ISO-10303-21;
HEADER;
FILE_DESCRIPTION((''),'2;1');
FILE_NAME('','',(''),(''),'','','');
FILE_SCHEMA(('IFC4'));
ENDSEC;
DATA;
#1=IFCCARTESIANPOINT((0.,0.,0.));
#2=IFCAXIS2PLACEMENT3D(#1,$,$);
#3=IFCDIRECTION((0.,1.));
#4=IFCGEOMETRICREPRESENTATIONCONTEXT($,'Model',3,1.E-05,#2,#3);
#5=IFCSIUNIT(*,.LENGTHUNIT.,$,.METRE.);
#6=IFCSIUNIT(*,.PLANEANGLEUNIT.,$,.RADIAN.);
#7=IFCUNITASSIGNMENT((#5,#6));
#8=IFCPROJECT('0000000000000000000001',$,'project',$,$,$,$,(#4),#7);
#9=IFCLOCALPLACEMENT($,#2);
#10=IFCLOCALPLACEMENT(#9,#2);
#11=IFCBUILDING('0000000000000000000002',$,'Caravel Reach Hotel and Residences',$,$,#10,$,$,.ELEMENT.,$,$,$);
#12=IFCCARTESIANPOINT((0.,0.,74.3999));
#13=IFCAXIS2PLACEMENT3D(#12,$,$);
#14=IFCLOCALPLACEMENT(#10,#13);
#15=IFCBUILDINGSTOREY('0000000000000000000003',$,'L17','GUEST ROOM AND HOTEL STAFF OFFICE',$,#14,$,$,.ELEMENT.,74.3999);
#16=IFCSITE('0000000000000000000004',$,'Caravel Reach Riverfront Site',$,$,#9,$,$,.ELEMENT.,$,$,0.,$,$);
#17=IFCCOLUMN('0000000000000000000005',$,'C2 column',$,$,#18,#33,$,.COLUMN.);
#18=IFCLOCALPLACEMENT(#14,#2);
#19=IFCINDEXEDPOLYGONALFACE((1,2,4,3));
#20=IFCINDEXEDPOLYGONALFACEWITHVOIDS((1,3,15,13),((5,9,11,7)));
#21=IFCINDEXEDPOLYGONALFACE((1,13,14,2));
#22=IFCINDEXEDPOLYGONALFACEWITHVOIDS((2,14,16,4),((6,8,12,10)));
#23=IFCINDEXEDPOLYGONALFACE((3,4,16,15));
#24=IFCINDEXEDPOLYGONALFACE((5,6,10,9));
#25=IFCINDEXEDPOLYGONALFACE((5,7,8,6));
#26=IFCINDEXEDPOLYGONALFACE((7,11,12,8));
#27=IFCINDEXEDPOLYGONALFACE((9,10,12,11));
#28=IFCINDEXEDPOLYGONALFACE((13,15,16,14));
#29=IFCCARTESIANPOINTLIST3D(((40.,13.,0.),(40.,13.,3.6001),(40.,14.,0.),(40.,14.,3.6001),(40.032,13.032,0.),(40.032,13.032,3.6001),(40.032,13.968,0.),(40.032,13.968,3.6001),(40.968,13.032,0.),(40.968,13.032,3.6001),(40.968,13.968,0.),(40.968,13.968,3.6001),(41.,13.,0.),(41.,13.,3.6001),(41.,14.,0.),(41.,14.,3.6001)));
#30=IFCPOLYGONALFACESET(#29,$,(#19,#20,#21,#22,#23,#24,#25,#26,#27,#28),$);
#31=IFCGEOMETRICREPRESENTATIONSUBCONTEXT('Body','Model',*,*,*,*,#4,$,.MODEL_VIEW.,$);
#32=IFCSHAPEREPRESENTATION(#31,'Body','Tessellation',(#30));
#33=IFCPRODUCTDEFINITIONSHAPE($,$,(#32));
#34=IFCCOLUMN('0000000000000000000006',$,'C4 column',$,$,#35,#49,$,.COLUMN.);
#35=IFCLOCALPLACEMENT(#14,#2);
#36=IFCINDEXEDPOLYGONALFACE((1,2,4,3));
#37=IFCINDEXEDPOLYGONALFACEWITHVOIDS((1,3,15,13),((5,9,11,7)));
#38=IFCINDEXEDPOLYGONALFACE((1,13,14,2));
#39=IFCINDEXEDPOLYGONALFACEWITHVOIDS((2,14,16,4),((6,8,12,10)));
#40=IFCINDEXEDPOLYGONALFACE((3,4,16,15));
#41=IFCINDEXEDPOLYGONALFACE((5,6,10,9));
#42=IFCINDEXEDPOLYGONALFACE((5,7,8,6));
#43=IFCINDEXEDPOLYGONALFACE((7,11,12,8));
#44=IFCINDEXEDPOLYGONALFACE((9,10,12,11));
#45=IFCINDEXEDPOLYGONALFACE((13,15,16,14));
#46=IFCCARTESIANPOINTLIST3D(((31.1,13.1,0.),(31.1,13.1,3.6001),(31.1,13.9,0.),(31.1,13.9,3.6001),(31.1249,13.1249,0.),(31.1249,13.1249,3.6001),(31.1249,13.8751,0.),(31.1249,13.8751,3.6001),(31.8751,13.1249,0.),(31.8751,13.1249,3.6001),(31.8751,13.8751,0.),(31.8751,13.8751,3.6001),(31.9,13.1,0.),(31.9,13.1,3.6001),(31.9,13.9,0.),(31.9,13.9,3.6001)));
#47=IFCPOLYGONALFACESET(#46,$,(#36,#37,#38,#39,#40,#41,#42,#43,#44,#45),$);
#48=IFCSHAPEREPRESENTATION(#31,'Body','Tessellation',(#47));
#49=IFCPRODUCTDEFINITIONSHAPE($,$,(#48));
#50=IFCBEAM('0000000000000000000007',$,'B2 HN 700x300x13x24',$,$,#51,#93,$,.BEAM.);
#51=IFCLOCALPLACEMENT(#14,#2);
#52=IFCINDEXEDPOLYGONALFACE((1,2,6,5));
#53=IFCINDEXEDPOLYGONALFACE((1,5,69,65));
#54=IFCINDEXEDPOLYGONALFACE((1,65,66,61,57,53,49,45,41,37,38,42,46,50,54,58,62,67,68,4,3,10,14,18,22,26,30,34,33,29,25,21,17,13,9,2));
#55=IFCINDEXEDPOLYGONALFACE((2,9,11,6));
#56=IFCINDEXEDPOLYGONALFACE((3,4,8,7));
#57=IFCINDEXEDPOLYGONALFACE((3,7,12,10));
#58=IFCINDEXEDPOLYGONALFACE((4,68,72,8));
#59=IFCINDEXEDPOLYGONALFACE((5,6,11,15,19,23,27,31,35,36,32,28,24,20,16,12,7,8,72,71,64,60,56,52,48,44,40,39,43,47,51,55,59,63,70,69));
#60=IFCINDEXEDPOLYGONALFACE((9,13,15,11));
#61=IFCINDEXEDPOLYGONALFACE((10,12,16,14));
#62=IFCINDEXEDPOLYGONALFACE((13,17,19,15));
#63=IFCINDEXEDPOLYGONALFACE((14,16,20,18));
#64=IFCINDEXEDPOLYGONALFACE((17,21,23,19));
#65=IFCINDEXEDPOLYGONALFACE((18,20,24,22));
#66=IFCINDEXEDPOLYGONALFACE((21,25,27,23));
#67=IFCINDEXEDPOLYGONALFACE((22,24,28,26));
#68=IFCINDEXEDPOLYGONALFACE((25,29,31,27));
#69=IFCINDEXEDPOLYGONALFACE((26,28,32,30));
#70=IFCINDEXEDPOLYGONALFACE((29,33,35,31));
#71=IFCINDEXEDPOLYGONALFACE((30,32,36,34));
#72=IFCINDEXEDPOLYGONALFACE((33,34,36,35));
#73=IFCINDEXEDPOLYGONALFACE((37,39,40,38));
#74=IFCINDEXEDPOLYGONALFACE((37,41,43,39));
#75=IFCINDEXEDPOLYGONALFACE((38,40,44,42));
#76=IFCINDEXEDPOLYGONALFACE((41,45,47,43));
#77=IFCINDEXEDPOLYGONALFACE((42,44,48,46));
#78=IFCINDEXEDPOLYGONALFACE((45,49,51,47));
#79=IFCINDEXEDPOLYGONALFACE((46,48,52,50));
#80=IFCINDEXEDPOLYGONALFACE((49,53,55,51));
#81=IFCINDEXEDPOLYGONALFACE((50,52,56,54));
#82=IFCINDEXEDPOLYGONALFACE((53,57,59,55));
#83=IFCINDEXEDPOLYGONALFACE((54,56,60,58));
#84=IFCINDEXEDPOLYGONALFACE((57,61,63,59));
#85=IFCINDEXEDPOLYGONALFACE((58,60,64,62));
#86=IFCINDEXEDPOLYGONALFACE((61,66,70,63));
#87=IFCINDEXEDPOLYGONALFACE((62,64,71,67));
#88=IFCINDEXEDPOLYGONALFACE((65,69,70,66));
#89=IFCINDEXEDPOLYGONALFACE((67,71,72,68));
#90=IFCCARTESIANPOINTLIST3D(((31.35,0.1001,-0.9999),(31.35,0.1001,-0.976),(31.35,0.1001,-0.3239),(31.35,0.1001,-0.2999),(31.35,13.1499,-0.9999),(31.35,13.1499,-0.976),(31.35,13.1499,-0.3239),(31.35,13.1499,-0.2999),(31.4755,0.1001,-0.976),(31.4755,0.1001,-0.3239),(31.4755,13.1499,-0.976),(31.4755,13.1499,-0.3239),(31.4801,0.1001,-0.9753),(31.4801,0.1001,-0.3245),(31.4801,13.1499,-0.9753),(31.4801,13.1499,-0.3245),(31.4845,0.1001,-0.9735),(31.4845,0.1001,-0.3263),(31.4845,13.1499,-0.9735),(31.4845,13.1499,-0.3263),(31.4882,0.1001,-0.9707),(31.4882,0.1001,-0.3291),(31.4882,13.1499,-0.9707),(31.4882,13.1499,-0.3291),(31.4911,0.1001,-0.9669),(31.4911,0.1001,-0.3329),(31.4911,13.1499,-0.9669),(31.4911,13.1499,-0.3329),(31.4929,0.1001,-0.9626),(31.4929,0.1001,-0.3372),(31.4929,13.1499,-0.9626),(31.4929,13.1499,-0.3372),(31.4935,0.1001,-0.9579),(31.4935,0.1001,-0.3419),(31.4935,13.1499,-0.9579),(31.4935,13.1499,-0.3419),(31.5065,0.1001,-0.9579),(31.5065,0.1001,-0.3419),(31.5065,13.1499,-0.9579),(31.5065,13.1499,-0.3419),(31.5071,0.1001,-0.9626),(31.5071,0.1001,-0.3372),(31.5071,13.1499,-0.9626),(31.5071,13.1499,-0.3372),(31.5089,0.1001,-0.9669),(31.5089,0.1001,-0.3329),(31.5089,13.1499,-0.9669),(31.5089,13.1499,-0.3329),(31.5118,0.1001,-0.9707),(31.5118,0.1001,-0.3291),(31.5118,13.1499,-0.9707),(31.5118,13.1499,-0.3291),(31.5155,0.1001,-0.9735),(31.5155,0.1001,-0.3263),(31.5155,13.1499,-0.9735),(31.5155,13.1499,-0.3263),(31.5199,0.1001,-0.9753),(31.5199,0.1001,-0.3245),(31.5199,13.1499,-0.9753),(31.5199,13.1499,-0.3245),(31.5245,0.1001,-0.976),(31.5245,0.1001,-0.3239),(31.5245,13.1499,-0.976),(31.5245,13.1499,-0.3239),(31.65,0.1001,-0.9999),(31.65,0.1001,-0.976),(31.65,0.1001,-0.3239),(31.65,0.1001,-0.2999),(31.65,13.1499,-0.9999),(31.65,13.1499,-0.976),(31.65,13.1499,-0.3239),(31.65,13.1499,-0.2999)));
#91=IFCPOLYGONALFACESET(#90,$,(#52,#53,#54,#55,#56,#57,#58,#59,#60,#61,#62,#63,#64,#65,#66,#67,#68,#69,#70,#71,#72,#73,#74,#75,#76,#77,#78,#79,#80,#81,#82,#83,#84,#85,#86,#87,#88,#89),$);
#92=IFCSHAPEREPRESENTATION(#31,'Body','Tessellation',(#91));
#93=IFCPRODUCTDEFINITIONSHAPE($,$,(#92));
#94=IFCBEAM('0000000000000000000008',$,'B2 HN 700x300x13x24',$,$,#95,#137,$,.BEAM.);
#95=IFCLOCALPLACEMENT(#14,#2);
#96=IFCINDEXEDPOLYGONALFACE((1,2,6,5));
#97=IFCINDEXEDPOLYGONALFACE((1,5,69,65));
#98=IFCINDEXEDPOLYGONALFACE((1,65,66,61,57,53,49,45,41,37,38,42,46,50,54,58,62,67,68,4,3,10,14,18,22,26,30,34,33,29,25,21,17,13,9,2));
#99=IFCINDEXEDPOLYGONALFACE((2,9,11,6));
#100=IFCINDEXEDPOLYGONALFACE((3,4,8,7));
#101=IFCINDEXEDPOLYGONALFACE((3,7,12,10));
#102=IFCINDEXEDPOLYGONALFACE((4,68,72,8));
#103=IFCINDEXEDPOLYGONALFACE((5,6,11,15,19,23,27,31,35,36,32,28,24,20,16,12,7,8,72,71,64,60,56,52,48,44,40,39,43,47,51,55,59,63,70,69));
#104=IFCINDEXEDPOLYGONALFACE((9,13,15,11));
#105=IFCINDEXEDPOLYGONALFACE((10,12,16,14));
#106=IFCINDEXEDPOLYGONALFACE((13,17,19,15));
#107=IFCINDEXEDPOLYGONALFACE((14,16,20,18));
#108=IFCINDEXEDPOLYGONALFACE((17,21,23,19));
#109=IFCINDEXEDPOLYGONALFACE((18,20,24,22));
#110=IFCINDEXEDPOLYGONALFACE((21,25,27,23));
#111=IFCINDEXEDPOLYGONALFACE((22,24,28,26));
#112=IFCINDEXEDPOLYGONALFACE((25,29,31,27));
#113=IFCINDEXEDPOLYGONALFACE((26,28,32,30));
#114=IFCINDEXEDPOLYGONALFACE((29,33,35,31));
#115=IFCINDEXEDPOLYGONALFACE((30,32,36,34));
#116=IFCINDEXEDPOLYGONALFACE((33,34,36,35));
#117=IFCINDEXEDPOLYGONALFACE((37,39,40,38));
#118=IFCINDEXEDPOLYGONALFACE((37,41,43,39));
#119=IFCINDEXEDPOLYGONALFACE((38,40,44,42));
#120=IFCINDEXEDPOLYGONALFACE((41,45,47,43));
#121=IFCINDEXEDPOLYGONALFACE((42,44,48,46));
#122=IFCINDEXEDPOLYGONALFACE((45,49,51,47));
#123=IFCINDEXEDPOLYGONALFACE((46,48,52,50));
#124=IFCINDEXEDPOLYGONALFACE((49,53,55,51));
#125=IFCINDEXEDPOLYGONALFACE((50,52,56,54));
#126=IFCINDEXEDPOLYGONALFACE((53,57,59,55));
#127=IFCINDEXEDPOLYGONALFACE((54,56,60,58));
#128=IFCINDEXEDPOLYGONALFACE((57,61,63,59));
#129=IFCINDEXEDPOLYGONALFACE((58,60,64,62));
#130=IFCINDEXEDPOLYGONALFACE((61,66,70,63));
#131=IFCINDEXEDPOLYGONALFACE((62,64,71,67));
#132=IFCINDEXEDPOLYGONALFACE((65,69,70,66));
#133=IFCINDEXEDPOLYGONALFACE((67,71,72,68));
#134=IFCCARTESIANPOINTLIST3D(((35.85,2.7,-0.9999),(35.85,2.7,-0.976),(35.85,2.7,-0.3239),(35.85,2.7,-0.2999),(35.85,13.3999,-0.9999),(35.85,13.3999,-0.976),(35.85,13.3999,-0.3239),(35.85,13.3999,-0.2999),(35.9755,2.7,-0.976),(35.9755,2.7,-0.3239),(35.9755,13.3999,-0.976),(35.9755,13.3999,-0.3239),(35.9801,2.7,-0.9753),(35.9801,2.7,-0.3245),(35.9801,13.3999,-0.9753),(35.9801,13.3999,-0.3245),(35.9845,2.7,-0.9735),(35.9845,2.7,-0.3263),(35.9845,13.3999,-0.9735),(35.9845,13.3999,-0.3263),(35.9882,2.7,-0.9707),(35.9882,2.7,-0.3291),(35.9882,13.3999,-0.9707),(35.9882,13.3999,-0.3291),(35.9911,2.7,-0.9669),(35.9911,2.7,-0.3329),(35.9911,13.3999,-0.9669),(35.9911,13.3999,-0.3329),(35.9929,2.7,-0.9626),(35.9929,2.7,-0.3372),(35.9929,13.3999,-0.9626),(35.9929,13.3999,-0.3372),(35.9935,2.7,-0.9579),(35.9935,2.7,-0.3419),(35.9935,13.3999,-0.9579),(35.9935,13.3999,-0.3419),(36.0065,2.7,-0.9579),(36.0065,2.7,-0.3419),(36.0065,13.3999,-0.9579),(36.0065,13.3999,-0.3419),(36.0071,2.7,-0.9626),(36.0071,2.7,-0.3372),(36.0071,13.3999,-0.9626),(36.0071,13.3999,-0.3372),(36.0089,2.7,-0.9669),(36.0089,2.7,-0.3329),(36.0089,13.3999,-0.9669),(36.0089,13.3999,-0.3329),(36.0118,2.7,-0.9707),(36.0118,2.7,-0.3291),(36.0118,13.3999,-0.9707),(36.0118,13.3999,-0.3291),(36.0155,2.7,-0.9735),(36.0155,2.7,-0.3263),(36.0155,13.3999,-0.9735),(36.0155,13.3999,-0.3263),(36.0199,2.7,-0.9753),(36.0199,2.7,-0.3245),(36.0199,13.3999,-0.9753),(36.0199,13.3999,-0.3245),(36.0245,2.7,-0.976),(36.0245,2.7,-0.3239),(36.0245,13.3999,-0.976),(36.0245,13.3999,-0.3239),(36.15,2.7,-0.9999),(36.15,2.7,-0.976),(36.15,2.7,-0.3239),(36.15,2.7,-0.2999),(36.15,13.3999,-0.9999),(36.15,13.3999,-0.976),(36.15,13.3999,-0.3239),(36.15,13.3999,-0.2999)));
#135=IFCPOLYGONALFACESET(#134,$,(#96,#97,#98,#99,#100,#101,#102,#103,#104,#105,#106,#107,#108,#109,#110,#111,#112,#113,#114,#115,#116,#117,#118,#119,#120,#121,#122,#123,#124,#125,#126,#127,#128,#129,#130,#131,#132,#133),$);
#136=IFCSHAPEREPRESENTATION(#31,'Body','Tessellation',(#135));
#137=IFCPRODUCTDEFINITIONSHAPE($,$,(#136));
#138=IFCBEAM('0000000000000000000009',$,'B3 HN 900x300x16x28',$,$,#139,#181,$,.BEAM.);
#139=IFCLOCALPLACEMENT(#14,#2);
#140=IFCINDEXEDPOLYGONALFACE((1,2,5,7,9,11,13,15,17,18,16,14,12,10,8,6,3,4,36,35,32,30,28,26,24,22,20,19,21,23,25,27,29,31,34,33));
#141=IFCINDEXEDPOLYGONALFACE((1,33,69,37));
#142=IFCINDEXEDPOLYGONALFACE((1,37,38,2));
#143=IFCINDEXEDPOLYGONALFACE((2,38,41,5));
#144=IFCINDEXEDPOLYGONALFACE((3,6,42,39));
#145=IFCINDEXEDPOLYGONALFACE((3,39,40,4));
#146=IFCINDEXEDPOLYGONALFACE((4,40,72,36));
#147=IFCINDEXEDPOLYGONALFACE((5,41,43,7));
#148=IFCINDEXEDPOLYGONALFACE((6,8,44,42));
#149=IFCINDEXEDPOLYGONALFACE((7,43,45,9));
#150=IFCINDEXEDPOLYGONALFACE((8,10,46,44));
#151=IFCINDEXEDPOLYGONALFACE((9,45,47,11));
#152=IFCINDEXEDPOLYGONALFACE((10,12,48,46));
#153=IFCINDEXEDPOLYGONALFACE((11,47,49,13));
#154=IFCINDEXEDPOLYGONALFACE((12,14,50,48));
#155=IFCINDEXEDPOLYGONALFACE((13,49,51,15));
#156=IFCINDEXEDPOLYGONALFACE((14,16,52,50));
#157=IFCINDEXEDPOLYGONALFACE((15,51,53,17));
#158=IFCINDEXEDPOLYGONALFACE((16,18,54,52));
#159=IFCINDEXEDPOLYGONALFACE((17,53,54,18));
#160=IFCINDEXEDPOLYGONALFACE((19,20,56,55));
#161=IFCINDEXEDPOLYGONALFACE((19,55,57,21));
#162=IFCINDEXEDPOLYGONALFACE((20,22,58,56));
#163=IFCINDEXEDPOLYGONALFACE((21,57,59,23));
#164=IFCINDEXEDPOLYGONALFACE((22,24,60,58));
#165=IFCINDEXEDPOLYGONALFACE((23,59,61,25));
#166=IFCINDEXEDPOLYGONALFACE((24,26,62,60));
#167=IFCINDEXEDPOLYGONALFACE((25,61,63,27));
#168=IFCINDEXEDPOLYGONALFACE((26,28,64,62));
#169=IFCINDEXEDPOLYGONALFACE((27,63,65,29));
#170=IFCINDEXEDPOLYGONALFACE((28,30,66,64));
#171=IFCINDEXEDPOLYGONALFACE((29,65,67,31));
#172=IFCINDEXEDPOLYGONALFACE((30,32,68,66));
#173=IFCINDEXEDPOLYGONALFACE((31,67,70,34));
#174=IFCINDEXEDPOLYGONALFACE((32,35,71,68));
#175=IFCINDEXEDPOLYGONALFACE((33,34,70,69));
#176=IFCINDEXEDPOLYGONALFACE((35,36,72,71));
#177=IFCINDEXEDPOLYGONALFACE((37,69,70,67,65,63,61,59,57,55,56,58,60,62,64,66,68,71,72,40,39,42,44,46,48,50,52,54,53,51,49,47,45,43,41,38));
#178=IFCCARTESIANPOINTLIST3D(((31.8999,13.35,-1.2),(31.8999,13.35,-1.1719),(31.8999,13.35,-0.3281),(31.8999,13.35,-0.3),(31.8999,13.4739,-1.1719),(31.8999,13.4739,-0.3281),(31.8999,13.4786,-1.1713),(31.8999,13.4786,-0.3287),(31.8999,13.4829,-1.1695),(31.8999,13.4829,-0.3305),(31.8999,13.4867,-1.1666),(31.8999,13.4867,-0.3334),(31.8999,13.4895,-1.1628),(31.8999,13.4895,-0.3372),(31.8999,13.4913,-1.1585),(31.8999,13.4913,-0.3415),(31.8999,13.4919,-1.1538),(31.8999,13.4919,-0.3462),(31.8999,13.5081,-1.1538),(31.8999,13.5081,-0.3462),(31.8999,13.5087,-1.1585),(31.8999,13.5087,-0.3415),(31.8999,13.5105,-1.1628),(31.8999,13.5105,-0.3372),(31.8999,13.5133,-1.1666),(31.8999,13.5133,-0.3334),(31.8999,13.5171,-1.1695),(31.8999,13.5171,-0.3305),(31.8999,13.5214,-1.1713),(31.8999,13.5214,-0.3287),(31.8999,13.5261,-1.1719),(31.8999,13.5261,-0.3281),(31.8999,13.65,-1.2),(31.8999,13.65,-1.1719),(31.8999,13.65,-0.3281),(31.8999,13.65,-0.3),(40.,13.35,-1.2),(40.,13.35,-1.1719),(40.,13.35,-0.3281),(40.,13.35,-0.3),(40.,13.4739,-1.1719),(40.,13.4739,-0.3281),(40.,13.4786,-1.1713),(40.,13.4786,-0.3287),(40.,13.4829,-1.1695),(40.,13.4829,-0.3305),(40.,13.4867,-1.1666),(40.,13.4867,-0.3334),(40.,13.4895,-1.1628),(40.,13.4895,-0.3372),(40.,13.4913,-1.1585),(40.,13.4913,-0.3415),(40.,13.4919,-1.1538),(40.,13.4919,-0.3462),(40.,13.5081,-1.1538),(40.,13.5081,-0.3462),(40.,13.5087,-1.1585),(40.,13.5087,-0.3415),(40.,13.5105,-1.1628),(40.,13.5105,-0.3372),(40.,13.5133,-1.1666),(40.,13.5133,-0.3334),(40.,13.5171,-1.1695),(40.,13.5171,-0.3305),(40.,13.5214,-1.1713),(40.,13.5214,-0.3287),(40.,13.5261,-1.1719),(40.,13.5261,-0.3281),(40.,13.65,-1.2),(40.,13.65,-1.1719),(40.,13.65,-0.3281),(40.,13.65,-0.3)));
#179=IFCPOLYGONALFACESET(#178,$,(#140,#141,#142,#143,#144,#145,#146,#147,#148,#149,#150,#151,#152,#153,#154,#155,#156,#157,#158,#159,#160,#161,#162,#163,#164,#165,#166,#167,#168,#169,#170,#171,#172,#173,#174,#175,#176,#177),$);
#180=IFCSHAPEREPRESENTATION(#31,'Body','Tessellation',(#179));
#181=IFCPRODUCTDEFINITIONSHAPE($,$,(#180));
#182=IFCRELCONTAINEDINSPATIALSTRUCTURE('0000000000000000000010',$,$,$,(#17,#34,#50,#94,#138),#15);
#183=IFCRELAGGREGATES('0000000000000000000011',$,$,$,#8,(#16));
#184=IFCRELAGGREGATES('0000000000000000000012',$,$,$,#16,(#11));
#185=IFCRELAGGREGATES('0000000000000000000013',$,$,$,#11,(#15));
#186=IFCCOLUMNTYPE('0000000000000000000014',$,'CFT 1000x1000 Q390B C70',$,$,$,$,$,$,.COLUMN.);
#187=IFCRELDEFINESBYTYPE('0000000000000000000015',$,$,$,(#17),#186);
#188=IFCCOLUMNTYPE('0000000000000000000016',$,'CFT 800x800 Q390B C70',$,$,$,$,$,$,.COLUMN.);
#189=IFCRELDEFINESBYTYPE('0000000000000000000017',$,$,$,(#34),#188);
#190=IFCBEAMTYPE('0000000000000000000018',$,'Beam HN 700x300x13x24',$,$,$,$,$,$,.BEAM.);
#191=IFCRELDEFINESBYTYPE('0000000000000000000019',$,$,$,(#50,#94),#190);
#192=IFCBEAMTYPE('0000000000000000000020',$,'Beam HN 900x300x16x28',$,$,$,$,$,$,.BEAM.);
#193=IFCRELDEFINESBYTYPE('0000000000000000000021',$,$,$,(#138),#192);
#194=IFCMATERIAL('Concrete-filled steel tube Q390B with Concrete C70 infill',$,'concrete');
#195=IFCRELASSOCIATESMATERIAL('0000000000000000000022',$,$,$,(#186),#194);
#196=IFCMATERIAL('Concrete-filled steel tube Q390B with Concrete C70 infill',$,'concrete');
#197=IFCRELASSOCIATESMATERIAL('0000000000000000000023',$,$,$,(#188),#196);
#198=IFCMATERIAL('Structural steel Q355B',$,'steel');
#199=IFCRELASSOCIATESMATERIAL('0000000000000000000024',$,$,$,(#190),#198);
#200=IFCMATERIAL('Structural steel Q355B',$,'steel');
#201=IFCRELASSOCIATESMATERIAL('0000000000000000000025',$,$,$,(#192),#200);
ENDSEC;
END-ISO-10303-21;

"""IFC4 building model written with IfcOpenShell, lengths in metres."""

from ifc_helpers import new_model, si_unit, direction, frame, origin, origin_2d, place, context, subcontext, project, spatial, hollow_rectangle, i_section, extrude, material, material_profile, profile_set, type_object, element, save


model = new_model("IFC4")

# Units and contexts
model_context = context("Model", 3, precision=1e-05, world=origin(), true_north=direction((0.0, 1.0)))
body_context = subcontext(model_context, "Body", "Model", "MODEL_VIEW")
ifc_project = project(units=[si_unit("LENGTHUNIT", "METRE"), si_unit("PLANEANGLEUNIT", "RADIAN")], contexts=[model_context])

# Site, building, storey
site_placement = place(None, origin())
site = spatial("IfcSite", under=ifc_project, at=site_placement, Name="Caravel Reach Riverfront Site", CompositionType="ELEMENT", RefElevation=0.0)
building_placement = place(site_placement, origin())
building = spatial("IfcBuilding", under=site, at=building_placement, Name="Caravel Reach Hotel and Residences", CompositionType="ELEMENT")
storey_placement = place(building_placement, frame((0.0, 0.0, 74.3999)))
storey = spatial("IfcBuildingStorey", under=building, at=storey_placement, Name="L17", Description="GUEST ROOM AND HOTEL STAFF OFFICE", CompositionType="ELEMENT", Elevation=74.3999)

# Columns
ifc_material_1 = material(Name="Concrete-filled steel tube Q390B with Concrete C70 infill", Category="concrete")
ifc_material_profile_1 = material_profile(ifc_material_1, hollow_rectangle(XDim=1.0, YDim=1.0, WallThickness=0.032, at=origin_2d()), Name="RHS 1000x1000x32")
ifc_profile_set_1 = profile_set([ifc_material_profile_1], Name="Concrete-filled steel tube Q390B with Concrete C70 infill")
column_type_1 = type_object("IfcColumnType", Name="CFT 1000x1000 Q390B C70", PredefinedType="COLUMN", material=ifc_profile_set_1)
column_1_placement = place(storey_placement, frame((40.5, 13.5, 0.0), z_axis=(0.0, 0.0, 1.0), x_axis=(1.0, 0.0, 0.0)))
element("IfcColumn", 1, at=column_1_placement, inside=storey, type_object=column_type_1, Name="C2 column", PredefinedType="COLUMN", context=body_context, shape_type="SweptSolid", body=[
    extrude(hollow_rectangle(XDim=1.0, YDim=1.0, WallThickness=0.032, at=origin_2d()), origin(), (0.0, 0.0, 1.0), 3.6001),
])
ifc_material_2 = material(Name="Concrete-filled steel tube Q390B with Concrete C70 infill", Category="concrete")
ifc_material_profile_2 = material_profile(ifc_material_2, hollow_rectangle(XDim=0.8, YDim=0.8, WallThickness=0.0249, at=origin_2d()), Name="RHS 800x800x25")
ifc_profile_set_2 = profile_set([ifc_material_profile_2], Name="Concrete-filled steel tube Q390B with Concrete C70 infill")
column_type_2 = type_object("IfcColumnType", Name="CFT 800x800 Q390B C70", PredefinedType="COLUMN", material=ifc_profile_set_2)
column_2_placement = place(storey_placement, frame((31.5, 13.5, 0.0), z_axis=(0.0, 0.0, 1.0), x_axis=(1.0, 0.0, 0.0)))
element("IfcColumn", 2, at=column_2_placement, inside=storey, type_object=column_type_2, Name="C4 column", PredefinedType="COLUMN", context=body_context, shape_type="SweptSolid", body=[
    extrude(hollow_rectangle(XDim=0.8, YDim=0.8, WallThickness=0.0249, at=origin_2d()), origin(), (0.0, 0.0, 1.0), 3.6001),
])

# Beams
ifc_material_3 = material(Name="Structural steel Q355B", Category="steel")
ifc_material_profile_3 = material_profile(ifc_material_3, i_section(OverallWidth=0.3, OverallDepth=0.7, WebThickness=0.0129, FlangeThickness=0.0239, FilletRadius=0.0181, at=origin_2d()), Name="HN 700x300x13x24")
ifc_profile_set_3 = profile_set([ifc_material_profile_3], Name="Structural steel Q355B")
beam_type_1 = type_object("IfcBeamType", Name="Beam HN 700x300x13x24", PredefinedType="BEAM", material=ifc_profile_set_3)
beam_1_placement = place(storey_placement, frame((31.5, 13.1499, -0.6499), z_axis=(0.0, -1.0, 0.0), x_axis=(1.0, 0.0, 0.0)))
element("IfcBeam", 3, at=beam_1_placement, inside=storey, type_object=beam_type_1, Name="B2 HN 700x300x13x24", PredefinedType="BEAM", context=body_context, shape_type="SweptSolid", body=[
    extrude(i_section(OverallWidth=0.3, OverallDepth=0.7, WebThickness=0.0129, FlangeThickness=0.0239, FilletRadius=0.0181, at=origin_2d()), origin(), (0.0, 0.0, 1.0), 13.0498),
])
beam_2_placement = place(storey_placement, frame((36.0, 13.3999, -0.6499), z_axis=(0.0, -1.0, 0.0), x_axis=(1.0, 0.0, 0.0)))
element("IfcBeam", 4, at=beam_2_placement, inside=storey, type_object=beam_type_1, Name="B2 HN 700x300x13x24", PredefinedType="BEAM", context=body_context, shape_type="SweptSolid", body=[
    extrude(i_section(OverallWidth=0.3, OverallDepth=0.7, WebThickness=0.0129, FlangeThickness=0.0239, FilletRadius=0.0181, at=origin_2d()), origin(), (0.0, 0.0, 1.0), 10.7),
])
ifc_material_4 = material(Name="Structural steel Q355B", Category="steel")
ifc_material_profile_4 = material_profile(ifc_material_4, i_section(OverallWidth=0.3, OverallDepth=0.8999, WebThickness=0.0161, FlangeThickness=0.0281, FilletRadius=0.0181, at=origin_2d()), Name="HN 900x300x16x28")
ifc_profile_set_4 = profile_set([ifc_material_profile_4], Name="Structural steel Q355B")
beam_type_2 = type_object("IfcBeamType", Name="Beam HN 900x300x16x28", PredefinedType="BEAM", material=ifc_profile_set_4)
beam_3_placement = place(storey_placement, frame((31.8999, 13.5, -0.75), z_axis=(1.0, 0.0, 0.0), x_axis=(0.0, 1.0, 0.0)))
element("IfcBeam", 5, at=beam_3_placement, inside=storey, type_object=beam_type_2, Name="B3 HN 900x300x16x28", PredefinedType="BEAM", context=body_context, shape_type="SweptSolid", body=[
    extrude(i_section(OverallWidth=0.3, OverallDepth=0.8999, WebThickness=0.0161, FlangeThickness=0.0281, FilletRadius=0.0181, at=origin_2d()), origin(), (0.0, 0.0, 1.0), 8.1001),
])

save(model, "model.ifc")
